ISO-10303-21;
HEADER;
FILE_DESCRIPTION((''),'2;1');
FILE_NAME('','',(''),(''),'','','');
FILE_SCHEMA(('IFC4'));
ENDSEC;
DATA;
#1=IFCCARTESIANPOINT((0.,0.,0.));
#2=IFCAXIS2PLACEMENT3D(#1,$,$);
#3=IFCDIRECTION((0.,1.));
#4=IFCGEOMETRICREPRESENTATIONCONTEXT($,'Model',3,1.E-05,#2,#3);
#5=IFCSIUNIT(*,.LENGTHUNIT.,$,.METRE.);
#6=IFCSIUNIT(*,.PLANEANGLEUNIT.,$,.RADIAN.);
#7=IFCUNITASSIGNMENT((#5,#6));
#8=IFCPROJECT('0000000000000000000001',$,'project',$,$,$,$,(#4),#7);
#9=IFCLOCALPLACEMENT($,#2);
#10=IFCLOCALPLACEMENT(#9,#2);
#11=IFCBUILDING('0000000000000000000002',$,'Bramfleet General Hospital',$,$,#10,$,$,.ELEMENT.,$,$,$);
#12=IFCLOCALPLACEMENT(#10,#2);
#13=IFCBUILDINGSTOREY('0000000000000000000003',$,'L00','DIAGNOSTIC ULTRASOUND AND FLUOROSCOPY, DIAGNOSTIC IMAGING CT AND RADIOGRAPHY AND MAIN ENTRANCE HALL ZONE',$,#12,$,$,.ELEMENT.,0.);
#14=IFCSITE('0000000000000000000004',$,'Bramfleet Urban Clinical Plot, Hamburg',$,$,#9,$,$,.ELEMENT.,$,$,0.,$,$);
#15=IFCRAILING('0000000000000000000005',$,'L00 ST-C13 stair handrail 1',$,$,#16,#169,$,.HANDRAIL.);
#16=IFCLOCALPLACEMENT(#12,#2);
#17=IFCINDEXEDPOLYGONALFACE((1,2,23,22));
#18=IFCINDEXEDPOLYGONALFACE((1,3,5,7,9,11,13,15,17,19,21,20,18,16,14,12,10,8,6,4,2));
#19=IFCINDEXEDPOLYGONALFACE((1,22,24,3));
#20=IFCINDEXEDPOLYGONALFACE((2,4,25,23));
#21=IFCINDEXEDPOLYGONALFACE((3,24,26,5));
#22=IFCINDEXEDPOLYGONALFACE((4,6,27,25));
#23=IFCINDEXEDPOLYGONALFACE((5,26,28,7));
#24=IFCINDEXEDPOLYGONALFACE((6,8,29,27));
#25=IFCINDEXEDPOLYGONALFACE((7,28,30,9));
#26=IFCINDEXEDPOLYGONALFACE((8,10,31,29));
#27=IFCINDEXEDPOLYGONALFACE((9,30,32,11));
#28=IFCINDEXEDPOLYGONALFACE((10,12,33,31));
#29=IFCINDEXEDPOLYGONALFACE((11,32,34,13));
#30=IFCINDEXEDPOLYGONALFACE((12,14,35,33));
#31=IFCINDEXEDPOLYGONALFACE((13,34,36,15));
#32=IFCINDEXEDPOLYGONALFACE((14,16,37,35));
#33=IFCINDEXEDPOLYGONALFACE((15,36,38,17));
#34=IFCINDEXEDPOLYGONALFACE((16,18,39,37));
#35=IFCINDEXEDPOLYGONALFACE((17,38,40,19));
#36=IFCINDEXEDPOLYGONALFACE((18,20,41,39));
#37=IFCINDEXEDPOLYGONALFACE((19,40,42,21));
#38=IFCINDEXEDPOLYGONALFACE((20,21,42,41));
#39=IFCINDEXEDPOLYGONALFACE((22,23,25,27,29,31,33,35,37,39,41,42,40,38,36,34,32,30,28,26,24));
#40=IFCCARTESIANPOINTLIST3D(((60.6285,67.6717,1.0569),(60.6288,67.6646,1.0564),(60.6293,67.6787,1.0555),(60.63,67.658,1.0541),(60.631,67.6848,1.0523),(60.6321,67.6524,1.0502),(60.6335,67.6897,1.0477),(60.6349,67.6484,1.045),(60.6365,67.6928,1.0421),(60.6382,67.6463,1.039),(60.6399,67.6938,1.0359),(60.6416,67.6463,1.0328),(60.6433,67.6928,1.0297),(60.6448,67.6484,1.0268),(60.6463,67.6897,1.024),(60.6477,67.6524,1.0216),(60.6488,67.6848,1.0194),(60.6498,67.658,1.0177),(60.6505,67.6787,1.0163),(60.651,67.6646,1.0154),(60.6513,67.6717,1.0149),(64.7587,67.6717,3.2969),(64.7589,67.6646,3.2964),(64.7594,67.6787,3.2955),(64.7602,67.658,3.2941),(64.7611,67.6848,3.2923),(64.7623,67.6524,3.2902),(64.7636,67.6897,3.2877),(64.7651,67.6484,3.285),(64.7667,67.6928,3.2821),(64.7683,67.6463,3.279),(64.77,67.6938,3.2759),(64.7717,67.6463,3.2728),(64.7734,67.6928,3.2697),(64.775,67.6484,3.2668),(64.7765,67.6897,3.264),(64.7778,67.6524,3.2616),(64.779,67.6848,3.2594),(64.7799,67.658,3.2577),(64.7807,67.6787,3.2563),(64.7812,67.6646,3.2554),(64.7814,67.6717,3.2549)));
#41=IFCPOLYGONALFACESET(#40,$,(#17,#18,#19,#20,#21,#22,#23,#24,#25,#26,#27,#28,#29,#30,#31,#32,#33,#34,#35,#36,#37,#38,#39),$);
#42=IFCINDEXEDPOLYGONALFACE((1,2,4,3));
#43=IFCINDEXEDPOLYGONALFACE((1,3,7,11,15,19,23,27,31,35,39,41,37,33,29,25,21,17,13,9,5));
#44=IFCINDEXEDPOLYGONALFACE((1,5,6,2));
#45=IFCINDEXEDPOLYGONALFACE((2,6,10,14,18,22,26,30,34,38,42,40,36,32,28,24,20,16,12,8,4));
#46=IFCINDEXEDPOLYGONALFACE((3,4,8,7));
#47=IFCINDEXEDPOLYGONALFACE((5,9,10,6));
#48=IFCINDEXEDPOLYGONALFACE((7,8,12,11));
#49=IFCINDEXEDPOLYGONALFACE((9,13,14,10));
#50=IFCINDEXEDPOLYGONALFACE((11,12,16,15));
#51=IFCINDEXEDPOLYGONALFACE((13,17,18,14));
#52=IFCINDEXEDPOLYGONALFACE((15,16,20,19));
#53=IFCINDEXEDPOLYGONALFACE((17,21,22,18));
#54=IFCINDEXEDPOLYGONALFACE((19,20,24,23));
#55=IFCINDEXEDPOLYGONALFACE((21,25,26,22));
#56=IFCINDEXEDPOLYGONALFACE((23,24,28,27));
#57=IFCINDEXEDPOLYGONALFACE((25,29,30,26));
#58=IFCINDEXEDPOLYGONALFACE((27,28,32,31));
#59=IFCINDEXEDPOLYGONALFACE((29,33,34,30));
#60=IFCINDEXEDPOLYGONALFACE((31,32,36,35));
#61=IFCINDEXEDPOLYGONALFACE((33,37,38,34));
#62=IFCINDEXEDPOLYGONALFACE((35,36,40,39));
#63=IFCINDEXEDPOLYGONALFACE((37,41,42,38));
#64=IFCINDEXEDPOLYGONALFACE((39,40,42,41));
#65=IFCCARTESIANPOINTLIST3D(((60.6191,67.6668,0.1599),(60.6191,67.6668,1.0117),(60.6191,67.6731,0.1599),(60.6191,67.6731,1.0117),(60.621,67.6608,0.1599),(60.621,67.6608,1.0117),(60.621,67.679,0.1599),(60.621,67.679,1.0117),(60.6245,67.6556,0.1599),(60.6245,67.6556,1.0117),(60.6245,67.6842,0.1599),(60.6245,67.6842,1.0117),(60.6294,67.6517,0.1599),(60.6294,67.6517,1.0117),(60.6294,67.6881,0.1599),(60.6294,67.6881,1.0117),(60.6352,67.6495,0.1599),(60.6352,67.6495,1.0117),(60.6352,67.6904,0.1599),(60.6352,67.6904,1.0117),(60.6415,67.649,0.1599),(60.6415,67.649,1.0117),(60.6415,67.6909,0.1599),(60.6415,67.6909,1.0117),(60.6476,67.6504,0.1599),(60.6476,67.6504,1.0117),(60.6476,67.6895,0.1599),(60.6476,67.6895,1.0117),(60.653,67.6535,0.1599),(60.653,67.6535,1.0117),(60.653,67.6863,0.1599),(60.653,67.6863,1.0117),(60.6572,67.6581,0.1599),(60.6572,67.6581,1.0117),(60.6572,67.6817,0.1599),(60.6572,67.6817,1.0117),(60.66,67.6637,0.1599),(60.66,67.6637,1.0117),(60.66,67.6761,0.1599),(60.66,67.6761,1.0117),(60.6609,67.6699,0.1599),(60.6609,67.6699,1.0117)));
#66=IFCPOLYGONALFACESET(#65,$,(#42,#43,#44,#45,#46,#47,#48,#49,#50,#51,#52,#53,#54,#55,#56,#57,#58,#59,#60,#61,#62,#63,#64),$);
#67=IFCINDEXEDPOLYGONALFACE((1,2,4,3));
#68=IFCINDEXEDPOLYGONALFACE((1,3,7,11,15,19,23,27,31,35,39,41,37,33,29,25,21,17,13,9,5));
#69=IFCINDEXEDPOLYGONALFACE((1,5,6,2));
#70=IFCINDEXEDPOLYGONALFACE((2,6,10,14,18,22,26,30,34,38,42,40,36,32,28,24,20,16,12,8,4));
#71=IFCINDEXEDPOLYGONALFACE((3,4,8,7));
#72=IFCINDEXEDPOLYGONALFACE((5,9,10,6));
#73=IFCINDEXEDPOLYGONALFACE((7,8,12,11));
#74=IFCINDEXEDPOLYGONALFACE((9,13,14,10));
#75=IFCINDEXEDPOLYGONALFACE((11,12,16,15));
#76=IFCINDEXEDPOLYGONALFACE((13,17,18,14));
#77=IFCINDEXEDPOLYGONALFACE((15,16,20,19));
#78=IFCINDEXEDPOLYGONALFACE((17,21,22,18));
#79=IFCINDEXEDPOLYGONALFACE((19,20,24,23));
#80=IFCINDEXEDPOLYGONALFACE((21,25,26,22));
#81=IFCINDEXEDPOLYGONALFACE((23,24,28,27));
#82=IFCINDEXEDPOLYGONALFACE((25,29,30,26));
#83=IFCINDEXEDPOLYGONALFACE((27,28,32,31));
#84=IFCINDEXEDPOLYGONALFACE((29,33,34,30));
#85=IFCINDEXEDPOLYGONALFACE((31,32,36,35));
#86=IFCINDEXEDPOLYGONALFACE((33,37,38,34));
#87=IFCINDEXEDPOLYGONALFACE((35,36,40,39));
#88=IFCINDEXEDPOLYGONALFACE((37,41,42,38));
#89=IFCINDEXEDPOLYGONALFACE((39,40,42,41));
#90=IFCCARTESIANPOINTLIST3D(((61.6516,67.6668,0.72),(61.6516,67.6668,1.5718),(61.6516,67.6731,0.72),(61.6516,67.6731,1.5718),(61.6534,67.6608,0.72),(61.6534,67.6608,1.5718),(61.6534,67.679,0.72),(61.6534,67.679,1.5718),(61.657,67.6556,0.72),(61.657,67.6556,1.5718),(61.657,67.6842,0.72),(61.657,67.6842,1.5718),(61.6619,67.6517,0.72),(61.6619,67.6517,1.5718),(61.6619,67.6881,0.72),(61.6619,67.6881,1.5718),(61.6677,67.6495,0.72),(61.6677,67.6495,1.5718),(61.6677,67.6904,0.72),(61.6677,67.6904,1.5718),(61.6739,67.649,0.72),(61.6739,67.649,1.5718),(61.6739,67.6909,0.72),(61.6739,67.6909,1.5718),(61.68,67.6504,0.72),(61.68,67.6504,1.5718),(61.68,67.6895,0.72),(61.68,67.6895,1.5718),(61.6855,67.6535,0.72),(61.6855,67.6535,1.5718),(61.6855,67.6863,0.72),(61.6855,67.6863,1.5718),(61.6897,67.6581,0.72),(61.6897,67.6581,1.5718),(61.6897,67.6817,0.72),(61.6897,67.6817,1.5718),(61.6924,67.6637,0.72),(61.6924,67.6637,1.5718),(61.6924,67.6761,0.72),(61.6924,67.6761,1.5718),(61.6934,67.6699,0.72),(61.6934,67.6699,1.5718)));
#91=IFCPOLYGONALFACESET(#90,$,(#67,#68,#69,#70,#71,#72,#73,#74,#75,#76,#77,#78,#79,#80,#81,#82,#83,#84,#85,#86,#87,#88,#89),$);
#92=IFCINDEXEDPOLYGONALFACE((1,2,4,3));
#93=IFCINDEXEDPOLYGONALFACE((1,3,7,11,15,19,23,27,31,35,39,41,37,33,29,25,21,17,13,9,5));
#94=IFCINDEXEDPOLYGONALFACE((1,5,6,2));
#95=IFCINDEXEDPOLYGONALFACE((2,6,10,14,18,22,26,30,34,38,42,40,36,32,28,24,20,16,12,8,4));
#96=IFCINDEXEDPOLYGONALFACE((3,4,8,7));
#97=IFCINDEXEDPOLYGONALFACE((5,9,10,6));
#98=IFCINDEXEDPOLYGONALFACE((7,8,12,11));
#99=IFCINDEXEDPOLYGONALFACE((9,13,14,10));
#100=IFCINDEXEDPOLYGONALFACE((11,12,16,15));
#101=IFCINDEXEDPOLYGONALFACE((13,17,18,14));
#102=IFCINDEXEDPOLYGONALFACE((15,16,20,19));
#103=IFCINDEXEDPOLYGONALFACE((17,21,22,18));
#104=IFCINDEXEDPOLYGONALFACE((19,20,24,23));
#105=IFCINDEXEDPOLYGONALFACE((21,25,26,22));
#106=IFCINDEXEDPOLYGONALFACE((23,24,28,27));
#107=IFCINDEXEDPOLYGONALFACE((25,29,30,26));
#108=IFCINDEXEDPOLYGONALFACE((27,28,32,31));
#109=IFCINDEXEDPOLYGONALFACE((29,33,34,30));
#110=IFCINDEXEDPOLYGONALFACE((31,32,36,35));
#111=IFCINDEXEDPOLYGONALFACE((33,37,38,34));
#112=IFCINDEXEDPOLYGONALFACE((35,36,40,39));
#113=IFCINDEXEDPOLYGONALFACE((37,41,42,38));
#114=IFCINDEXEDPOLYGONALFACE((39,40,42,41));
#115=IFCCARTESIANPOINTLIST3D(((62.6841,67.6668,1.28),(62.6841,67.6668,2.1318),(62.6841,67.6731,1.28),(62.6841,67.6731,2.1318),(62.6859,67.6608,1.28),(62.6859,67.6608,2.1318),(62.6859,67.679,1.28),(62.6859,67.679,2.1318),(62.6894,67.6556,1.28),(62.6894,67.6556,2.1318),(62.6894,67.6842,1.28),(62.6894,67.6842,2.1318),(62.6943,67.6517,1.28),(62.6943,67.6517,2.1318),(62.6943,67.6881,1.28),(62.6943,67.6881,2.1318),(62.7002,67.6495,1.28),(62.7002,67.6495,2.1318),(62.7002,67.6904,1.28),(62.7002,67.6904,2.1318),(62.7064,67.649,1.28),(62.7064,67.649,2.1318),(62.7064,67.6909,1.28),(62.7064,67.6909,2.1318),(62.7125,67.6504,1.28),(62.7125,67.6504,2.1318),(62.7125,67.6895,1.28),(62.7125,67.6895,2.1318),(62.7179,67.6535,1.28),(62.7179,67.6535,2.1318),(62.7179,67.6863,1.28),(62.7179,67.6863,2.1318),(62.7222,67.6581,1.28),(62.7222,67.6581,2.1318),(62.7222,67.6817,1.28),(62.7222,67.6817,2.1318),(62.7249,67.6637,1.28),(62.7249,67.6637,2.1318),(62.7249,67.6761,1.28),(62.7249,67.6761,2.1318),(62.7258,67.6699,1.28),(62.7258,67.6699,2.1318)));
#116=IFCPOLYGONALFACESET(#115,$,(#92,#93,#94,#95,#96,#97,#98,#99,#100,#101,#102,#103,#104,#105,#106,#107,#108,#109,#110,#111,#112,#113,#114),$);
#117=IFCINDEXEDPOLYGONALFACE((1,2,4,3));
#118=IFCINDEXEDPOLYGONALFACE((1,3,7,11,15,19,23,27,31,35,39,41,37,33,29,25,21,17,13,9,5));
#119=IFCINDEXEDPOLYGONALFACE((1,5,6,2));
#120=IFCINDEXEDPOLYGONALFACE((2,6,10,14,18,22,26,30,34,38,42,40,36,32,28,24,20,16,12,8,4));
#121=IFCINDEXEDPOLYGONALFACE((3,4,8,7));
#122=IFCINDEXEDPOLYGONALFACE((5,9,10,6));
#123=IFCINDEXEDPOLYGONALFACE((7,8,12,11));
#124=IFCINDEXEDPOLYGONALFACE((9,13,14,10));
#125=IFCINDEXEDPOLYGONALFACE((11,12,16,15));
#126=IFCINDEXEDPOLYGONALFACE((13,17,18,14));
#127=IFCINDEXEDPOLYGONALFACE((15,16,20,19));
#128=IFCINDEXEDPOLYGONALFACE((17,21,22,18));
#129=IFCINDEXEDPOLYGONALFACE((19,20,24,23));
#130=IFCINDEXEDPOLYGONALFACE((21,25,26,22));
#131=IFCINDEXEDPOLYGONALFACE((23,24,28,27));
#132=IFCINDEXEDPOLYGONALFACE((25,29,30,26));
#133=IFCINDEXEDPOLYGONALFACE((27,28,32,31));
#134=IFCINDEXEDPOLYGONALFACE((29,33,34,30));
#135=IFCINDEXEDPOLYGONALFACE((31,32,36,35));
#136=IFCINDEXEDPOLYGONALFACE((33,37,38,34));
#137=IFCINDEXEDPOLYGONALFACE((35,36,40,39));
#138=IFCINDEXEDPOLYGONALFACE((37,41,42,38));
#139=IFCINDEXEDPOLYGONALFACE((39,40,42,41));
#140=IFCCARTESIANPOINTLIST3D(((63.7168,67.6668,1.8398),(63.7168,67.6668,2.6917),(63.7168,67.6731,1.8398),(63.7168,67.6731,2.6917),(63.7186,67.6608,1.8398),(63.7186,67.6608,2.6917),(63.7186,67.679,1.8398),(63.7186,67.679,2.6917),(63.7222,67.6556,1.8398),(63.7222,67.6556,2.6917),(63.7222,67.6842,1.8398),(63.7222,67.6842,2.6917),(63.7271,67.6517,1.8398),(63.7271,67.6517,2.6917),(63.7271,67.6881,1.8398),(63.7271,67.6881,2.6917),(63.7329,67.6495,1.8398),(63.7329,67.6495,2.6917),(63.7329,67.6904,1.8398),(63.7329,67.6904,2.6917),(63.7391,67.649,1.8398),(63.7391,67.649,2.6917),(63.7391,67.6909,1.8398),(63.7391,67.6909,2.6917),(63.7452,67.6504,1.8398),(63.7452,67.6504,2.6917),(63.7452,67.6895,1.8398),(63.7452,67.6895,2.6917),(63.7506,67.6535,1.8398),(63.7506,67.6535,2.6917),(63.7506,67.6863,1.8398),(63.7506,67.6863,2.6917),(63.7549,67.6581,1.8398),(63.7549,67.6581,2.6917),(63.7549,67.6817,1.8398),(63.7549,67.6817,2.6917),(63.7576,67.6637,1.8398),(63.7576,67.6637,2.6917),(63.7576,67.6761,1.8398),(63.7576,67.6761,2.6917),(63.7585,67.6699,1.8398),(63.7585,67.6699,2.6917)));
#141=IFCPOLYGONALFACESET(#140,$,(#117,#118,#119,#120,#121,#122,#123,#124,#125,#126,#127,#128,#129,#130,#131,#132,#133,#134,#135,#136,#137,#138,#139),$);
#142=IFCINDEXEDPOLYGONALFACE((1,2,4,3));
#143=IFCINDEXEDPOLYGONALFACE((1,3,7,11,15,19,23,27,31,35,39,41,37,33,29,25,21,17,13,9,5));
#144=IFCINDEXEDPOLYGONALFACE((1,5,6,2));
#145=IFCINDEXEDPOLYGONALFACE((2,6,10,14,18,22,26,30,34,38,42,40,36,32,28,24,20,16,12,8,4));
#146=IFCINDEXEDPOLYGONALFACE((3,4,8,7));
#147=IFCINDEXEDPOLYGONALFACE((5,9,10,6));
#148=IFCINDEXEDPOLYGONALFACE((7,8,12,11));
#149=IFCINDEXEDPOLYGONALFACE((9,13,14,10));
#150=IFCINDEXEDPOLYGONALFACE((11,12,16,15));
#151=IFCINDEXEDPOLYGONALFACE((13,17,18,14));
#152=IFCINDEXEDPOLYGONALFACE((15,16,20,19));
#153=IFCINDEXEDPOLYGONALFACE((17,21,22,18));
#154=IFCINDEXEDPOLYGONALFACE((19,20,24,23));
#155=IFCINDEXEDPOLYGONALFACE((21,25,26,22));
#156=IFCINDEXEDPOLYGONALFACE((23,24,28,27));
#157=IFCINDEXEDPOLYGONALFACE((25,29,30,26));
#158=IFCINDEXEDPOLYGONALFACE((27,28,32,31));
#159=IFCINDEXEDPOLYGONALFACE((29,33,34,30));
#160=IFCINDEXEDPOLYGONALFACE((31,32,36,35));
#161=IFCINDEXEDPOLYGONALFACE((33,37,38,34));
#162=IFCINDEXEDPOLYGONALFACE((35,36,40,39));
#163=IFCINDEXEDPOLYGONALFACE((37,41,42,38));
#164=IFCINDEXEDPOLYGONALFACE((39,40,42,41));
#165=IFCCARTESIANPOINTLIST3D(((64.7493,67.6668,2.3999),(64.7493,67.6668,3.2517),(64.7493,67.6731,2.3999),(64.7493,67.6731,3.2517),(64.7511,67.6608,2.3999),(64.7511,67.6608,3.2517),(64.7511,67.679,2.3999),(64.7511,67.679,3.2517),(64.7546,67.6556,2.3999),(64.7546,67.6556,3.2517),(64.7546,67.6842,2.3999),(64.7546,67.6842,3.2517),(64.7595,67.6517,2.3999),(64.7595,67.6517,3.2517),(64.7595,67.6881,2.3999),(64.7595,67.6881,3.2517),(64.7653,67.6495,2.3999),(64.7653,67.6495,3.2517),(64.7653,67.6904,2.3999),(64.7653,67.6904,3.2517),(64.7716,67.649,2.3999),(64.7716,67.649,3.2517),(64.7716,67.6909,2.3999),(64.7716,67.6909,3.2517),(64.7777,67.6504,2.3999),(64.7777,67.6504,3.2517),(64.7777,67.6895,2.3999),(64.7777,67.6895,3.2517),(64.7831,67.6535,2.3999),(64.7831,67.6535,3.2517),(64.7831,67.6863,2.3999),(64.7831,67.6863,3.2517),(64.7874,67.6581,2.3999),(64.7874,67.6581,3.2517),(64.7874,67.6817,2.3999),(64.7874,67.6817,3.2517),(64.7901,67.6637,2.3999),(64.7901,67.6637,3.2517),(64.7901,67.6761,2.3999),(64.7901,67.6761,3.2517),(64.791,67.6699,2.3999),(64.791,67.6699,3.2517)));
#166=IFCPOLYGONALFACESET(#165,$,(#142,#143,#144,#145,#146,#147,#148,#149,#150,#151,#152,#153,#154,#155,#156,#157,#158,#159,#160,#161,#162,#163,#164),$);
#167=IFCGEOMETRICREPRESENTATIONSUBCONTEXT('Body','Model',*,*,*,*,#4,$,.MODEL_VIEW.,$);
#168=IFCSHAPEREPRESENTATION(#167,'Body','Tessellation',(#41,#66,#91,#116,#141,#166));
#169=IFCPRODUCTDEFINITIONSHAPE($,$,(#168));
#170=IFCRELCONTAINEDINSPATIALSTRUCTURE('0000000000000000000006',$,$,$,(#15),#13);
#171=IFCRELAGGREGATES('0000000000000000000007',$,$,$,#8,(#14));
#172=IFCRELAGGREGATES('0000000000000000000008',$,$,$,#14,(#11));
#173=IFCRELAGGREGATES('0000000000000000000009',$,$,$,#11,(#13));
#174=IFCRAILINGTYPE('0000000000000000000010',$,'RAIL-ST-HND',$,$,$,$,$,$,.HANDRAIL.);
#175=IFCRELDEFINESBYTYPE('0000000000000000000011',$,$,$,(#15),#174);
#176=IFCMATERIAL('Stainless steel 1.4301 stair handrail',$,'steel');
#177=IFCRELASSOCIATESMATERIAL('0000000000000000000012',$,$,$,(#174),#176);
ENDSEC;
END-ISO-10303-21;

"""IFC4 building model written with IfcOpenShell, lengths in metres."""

from ifc_helpers import new_model, si_unit, direction, frame, origin, origin_2d, place, context, subcontext, project, spatial, circle, extrude, material, type_object, element, save


model = new_model("IFC4")

# Units and contexts
model_context = context("Model", 3, precision=1e-05, world=origin(), true_north=direction((0.0, 1.0)))
body_context = subcontext(model_context, "Body", "Model", "MODEL_VIEW")
ifc_project = project(units=[si_unit("LENGTHUNIT", "METRE"), si_unit("PLANEANGLEUNIT", "RADIAN")], contexts=[model_context])

# Site, building, storey
site_placement = place(None, origin())
site = spatial("IfcSite", under=ifc_project, at=site_placement, Name="Bramfleet Urban Clinical Plot, Hamburg", CompositionType="ELEMENT", RefElevation=0.0)
building_placement = place(site_placement, origin())
building = spatial("IfcBuilding", under=site, at=building_placement, Name="Bramfleet General Hospital", CompositionType="ELEMENT")
storey_placement = place(building_placement, origin())
storey = spatial("IfcBuildingStorey", under=building, at=storey_placement, Name="L00", Description="DIAGNOSTIC ULTRASOUND AND FLUOROSCOPY, DIAGNOSTIC IMAGING CT AND RADIOGRAPHY AND MAIN ENTRANCE HALL ZONE", CompositionType="ELEMENT", Elevation=0.0)

# Railing
ifc_material_1 = material(Name="Stainless steel 1.4301 stair handrail", Category="steel")
railing_type_1 = type_object("IfcRailingType", Name="RAIL-ST-HND", PredefinedType="HANDRAIL", material=ifc_material_1)
railing_1_placement = place(storey_placement, frame((60.6399, 67.6699, 0.1599)))
element("IfcRailing", 1, at=railing_1_placement, inside=storey, type_object=railing_type_1, Name="L00 ST-C13 stair handrail 1", PredefinedType="HANDRAIL", context=body_context, shape_type="SweptSolid", body=[
    extrude(circle(Radius=0.0239, at=origin_2d()), frame((0.0, 0.0, 0.876), z_axis=(0.879039, 0.0, 0.47675), x_axis=(0.0, 1.0, 0.0)), (0.0, 0.0, 1.0), 4.6985),
    extrude(circle(Radius=0.021, at=origin_2d()), origin(), (0.0, 0.0, 1.0), 0.8518),
    extrude(circle(Radius=0.021, at=origin_2d()), frame((1.0325, 0.0, 0.5601)), (0.0, 0.0, 1.0), 0.8518),
    extrude(circle(Radius=0.021, at=origin_2d()), frame((2.0649, 0.0, 1.1201)), (0.0, 0.0, 1.0), 0.8518),
    extrude(circle(Radius=0.021, at=origin_2d()), frame((3.0977, 0.0, 1.6799)), (0.0, 0.0, 1.0), 0.8518),
    extrude(circle(Radius=0.021, at=origin_2d()), frame((4.1301, 0.0, 2.24)), (0.0, 0.0, 1.0), 0.8518),
])

save(model, "model.ifc")
